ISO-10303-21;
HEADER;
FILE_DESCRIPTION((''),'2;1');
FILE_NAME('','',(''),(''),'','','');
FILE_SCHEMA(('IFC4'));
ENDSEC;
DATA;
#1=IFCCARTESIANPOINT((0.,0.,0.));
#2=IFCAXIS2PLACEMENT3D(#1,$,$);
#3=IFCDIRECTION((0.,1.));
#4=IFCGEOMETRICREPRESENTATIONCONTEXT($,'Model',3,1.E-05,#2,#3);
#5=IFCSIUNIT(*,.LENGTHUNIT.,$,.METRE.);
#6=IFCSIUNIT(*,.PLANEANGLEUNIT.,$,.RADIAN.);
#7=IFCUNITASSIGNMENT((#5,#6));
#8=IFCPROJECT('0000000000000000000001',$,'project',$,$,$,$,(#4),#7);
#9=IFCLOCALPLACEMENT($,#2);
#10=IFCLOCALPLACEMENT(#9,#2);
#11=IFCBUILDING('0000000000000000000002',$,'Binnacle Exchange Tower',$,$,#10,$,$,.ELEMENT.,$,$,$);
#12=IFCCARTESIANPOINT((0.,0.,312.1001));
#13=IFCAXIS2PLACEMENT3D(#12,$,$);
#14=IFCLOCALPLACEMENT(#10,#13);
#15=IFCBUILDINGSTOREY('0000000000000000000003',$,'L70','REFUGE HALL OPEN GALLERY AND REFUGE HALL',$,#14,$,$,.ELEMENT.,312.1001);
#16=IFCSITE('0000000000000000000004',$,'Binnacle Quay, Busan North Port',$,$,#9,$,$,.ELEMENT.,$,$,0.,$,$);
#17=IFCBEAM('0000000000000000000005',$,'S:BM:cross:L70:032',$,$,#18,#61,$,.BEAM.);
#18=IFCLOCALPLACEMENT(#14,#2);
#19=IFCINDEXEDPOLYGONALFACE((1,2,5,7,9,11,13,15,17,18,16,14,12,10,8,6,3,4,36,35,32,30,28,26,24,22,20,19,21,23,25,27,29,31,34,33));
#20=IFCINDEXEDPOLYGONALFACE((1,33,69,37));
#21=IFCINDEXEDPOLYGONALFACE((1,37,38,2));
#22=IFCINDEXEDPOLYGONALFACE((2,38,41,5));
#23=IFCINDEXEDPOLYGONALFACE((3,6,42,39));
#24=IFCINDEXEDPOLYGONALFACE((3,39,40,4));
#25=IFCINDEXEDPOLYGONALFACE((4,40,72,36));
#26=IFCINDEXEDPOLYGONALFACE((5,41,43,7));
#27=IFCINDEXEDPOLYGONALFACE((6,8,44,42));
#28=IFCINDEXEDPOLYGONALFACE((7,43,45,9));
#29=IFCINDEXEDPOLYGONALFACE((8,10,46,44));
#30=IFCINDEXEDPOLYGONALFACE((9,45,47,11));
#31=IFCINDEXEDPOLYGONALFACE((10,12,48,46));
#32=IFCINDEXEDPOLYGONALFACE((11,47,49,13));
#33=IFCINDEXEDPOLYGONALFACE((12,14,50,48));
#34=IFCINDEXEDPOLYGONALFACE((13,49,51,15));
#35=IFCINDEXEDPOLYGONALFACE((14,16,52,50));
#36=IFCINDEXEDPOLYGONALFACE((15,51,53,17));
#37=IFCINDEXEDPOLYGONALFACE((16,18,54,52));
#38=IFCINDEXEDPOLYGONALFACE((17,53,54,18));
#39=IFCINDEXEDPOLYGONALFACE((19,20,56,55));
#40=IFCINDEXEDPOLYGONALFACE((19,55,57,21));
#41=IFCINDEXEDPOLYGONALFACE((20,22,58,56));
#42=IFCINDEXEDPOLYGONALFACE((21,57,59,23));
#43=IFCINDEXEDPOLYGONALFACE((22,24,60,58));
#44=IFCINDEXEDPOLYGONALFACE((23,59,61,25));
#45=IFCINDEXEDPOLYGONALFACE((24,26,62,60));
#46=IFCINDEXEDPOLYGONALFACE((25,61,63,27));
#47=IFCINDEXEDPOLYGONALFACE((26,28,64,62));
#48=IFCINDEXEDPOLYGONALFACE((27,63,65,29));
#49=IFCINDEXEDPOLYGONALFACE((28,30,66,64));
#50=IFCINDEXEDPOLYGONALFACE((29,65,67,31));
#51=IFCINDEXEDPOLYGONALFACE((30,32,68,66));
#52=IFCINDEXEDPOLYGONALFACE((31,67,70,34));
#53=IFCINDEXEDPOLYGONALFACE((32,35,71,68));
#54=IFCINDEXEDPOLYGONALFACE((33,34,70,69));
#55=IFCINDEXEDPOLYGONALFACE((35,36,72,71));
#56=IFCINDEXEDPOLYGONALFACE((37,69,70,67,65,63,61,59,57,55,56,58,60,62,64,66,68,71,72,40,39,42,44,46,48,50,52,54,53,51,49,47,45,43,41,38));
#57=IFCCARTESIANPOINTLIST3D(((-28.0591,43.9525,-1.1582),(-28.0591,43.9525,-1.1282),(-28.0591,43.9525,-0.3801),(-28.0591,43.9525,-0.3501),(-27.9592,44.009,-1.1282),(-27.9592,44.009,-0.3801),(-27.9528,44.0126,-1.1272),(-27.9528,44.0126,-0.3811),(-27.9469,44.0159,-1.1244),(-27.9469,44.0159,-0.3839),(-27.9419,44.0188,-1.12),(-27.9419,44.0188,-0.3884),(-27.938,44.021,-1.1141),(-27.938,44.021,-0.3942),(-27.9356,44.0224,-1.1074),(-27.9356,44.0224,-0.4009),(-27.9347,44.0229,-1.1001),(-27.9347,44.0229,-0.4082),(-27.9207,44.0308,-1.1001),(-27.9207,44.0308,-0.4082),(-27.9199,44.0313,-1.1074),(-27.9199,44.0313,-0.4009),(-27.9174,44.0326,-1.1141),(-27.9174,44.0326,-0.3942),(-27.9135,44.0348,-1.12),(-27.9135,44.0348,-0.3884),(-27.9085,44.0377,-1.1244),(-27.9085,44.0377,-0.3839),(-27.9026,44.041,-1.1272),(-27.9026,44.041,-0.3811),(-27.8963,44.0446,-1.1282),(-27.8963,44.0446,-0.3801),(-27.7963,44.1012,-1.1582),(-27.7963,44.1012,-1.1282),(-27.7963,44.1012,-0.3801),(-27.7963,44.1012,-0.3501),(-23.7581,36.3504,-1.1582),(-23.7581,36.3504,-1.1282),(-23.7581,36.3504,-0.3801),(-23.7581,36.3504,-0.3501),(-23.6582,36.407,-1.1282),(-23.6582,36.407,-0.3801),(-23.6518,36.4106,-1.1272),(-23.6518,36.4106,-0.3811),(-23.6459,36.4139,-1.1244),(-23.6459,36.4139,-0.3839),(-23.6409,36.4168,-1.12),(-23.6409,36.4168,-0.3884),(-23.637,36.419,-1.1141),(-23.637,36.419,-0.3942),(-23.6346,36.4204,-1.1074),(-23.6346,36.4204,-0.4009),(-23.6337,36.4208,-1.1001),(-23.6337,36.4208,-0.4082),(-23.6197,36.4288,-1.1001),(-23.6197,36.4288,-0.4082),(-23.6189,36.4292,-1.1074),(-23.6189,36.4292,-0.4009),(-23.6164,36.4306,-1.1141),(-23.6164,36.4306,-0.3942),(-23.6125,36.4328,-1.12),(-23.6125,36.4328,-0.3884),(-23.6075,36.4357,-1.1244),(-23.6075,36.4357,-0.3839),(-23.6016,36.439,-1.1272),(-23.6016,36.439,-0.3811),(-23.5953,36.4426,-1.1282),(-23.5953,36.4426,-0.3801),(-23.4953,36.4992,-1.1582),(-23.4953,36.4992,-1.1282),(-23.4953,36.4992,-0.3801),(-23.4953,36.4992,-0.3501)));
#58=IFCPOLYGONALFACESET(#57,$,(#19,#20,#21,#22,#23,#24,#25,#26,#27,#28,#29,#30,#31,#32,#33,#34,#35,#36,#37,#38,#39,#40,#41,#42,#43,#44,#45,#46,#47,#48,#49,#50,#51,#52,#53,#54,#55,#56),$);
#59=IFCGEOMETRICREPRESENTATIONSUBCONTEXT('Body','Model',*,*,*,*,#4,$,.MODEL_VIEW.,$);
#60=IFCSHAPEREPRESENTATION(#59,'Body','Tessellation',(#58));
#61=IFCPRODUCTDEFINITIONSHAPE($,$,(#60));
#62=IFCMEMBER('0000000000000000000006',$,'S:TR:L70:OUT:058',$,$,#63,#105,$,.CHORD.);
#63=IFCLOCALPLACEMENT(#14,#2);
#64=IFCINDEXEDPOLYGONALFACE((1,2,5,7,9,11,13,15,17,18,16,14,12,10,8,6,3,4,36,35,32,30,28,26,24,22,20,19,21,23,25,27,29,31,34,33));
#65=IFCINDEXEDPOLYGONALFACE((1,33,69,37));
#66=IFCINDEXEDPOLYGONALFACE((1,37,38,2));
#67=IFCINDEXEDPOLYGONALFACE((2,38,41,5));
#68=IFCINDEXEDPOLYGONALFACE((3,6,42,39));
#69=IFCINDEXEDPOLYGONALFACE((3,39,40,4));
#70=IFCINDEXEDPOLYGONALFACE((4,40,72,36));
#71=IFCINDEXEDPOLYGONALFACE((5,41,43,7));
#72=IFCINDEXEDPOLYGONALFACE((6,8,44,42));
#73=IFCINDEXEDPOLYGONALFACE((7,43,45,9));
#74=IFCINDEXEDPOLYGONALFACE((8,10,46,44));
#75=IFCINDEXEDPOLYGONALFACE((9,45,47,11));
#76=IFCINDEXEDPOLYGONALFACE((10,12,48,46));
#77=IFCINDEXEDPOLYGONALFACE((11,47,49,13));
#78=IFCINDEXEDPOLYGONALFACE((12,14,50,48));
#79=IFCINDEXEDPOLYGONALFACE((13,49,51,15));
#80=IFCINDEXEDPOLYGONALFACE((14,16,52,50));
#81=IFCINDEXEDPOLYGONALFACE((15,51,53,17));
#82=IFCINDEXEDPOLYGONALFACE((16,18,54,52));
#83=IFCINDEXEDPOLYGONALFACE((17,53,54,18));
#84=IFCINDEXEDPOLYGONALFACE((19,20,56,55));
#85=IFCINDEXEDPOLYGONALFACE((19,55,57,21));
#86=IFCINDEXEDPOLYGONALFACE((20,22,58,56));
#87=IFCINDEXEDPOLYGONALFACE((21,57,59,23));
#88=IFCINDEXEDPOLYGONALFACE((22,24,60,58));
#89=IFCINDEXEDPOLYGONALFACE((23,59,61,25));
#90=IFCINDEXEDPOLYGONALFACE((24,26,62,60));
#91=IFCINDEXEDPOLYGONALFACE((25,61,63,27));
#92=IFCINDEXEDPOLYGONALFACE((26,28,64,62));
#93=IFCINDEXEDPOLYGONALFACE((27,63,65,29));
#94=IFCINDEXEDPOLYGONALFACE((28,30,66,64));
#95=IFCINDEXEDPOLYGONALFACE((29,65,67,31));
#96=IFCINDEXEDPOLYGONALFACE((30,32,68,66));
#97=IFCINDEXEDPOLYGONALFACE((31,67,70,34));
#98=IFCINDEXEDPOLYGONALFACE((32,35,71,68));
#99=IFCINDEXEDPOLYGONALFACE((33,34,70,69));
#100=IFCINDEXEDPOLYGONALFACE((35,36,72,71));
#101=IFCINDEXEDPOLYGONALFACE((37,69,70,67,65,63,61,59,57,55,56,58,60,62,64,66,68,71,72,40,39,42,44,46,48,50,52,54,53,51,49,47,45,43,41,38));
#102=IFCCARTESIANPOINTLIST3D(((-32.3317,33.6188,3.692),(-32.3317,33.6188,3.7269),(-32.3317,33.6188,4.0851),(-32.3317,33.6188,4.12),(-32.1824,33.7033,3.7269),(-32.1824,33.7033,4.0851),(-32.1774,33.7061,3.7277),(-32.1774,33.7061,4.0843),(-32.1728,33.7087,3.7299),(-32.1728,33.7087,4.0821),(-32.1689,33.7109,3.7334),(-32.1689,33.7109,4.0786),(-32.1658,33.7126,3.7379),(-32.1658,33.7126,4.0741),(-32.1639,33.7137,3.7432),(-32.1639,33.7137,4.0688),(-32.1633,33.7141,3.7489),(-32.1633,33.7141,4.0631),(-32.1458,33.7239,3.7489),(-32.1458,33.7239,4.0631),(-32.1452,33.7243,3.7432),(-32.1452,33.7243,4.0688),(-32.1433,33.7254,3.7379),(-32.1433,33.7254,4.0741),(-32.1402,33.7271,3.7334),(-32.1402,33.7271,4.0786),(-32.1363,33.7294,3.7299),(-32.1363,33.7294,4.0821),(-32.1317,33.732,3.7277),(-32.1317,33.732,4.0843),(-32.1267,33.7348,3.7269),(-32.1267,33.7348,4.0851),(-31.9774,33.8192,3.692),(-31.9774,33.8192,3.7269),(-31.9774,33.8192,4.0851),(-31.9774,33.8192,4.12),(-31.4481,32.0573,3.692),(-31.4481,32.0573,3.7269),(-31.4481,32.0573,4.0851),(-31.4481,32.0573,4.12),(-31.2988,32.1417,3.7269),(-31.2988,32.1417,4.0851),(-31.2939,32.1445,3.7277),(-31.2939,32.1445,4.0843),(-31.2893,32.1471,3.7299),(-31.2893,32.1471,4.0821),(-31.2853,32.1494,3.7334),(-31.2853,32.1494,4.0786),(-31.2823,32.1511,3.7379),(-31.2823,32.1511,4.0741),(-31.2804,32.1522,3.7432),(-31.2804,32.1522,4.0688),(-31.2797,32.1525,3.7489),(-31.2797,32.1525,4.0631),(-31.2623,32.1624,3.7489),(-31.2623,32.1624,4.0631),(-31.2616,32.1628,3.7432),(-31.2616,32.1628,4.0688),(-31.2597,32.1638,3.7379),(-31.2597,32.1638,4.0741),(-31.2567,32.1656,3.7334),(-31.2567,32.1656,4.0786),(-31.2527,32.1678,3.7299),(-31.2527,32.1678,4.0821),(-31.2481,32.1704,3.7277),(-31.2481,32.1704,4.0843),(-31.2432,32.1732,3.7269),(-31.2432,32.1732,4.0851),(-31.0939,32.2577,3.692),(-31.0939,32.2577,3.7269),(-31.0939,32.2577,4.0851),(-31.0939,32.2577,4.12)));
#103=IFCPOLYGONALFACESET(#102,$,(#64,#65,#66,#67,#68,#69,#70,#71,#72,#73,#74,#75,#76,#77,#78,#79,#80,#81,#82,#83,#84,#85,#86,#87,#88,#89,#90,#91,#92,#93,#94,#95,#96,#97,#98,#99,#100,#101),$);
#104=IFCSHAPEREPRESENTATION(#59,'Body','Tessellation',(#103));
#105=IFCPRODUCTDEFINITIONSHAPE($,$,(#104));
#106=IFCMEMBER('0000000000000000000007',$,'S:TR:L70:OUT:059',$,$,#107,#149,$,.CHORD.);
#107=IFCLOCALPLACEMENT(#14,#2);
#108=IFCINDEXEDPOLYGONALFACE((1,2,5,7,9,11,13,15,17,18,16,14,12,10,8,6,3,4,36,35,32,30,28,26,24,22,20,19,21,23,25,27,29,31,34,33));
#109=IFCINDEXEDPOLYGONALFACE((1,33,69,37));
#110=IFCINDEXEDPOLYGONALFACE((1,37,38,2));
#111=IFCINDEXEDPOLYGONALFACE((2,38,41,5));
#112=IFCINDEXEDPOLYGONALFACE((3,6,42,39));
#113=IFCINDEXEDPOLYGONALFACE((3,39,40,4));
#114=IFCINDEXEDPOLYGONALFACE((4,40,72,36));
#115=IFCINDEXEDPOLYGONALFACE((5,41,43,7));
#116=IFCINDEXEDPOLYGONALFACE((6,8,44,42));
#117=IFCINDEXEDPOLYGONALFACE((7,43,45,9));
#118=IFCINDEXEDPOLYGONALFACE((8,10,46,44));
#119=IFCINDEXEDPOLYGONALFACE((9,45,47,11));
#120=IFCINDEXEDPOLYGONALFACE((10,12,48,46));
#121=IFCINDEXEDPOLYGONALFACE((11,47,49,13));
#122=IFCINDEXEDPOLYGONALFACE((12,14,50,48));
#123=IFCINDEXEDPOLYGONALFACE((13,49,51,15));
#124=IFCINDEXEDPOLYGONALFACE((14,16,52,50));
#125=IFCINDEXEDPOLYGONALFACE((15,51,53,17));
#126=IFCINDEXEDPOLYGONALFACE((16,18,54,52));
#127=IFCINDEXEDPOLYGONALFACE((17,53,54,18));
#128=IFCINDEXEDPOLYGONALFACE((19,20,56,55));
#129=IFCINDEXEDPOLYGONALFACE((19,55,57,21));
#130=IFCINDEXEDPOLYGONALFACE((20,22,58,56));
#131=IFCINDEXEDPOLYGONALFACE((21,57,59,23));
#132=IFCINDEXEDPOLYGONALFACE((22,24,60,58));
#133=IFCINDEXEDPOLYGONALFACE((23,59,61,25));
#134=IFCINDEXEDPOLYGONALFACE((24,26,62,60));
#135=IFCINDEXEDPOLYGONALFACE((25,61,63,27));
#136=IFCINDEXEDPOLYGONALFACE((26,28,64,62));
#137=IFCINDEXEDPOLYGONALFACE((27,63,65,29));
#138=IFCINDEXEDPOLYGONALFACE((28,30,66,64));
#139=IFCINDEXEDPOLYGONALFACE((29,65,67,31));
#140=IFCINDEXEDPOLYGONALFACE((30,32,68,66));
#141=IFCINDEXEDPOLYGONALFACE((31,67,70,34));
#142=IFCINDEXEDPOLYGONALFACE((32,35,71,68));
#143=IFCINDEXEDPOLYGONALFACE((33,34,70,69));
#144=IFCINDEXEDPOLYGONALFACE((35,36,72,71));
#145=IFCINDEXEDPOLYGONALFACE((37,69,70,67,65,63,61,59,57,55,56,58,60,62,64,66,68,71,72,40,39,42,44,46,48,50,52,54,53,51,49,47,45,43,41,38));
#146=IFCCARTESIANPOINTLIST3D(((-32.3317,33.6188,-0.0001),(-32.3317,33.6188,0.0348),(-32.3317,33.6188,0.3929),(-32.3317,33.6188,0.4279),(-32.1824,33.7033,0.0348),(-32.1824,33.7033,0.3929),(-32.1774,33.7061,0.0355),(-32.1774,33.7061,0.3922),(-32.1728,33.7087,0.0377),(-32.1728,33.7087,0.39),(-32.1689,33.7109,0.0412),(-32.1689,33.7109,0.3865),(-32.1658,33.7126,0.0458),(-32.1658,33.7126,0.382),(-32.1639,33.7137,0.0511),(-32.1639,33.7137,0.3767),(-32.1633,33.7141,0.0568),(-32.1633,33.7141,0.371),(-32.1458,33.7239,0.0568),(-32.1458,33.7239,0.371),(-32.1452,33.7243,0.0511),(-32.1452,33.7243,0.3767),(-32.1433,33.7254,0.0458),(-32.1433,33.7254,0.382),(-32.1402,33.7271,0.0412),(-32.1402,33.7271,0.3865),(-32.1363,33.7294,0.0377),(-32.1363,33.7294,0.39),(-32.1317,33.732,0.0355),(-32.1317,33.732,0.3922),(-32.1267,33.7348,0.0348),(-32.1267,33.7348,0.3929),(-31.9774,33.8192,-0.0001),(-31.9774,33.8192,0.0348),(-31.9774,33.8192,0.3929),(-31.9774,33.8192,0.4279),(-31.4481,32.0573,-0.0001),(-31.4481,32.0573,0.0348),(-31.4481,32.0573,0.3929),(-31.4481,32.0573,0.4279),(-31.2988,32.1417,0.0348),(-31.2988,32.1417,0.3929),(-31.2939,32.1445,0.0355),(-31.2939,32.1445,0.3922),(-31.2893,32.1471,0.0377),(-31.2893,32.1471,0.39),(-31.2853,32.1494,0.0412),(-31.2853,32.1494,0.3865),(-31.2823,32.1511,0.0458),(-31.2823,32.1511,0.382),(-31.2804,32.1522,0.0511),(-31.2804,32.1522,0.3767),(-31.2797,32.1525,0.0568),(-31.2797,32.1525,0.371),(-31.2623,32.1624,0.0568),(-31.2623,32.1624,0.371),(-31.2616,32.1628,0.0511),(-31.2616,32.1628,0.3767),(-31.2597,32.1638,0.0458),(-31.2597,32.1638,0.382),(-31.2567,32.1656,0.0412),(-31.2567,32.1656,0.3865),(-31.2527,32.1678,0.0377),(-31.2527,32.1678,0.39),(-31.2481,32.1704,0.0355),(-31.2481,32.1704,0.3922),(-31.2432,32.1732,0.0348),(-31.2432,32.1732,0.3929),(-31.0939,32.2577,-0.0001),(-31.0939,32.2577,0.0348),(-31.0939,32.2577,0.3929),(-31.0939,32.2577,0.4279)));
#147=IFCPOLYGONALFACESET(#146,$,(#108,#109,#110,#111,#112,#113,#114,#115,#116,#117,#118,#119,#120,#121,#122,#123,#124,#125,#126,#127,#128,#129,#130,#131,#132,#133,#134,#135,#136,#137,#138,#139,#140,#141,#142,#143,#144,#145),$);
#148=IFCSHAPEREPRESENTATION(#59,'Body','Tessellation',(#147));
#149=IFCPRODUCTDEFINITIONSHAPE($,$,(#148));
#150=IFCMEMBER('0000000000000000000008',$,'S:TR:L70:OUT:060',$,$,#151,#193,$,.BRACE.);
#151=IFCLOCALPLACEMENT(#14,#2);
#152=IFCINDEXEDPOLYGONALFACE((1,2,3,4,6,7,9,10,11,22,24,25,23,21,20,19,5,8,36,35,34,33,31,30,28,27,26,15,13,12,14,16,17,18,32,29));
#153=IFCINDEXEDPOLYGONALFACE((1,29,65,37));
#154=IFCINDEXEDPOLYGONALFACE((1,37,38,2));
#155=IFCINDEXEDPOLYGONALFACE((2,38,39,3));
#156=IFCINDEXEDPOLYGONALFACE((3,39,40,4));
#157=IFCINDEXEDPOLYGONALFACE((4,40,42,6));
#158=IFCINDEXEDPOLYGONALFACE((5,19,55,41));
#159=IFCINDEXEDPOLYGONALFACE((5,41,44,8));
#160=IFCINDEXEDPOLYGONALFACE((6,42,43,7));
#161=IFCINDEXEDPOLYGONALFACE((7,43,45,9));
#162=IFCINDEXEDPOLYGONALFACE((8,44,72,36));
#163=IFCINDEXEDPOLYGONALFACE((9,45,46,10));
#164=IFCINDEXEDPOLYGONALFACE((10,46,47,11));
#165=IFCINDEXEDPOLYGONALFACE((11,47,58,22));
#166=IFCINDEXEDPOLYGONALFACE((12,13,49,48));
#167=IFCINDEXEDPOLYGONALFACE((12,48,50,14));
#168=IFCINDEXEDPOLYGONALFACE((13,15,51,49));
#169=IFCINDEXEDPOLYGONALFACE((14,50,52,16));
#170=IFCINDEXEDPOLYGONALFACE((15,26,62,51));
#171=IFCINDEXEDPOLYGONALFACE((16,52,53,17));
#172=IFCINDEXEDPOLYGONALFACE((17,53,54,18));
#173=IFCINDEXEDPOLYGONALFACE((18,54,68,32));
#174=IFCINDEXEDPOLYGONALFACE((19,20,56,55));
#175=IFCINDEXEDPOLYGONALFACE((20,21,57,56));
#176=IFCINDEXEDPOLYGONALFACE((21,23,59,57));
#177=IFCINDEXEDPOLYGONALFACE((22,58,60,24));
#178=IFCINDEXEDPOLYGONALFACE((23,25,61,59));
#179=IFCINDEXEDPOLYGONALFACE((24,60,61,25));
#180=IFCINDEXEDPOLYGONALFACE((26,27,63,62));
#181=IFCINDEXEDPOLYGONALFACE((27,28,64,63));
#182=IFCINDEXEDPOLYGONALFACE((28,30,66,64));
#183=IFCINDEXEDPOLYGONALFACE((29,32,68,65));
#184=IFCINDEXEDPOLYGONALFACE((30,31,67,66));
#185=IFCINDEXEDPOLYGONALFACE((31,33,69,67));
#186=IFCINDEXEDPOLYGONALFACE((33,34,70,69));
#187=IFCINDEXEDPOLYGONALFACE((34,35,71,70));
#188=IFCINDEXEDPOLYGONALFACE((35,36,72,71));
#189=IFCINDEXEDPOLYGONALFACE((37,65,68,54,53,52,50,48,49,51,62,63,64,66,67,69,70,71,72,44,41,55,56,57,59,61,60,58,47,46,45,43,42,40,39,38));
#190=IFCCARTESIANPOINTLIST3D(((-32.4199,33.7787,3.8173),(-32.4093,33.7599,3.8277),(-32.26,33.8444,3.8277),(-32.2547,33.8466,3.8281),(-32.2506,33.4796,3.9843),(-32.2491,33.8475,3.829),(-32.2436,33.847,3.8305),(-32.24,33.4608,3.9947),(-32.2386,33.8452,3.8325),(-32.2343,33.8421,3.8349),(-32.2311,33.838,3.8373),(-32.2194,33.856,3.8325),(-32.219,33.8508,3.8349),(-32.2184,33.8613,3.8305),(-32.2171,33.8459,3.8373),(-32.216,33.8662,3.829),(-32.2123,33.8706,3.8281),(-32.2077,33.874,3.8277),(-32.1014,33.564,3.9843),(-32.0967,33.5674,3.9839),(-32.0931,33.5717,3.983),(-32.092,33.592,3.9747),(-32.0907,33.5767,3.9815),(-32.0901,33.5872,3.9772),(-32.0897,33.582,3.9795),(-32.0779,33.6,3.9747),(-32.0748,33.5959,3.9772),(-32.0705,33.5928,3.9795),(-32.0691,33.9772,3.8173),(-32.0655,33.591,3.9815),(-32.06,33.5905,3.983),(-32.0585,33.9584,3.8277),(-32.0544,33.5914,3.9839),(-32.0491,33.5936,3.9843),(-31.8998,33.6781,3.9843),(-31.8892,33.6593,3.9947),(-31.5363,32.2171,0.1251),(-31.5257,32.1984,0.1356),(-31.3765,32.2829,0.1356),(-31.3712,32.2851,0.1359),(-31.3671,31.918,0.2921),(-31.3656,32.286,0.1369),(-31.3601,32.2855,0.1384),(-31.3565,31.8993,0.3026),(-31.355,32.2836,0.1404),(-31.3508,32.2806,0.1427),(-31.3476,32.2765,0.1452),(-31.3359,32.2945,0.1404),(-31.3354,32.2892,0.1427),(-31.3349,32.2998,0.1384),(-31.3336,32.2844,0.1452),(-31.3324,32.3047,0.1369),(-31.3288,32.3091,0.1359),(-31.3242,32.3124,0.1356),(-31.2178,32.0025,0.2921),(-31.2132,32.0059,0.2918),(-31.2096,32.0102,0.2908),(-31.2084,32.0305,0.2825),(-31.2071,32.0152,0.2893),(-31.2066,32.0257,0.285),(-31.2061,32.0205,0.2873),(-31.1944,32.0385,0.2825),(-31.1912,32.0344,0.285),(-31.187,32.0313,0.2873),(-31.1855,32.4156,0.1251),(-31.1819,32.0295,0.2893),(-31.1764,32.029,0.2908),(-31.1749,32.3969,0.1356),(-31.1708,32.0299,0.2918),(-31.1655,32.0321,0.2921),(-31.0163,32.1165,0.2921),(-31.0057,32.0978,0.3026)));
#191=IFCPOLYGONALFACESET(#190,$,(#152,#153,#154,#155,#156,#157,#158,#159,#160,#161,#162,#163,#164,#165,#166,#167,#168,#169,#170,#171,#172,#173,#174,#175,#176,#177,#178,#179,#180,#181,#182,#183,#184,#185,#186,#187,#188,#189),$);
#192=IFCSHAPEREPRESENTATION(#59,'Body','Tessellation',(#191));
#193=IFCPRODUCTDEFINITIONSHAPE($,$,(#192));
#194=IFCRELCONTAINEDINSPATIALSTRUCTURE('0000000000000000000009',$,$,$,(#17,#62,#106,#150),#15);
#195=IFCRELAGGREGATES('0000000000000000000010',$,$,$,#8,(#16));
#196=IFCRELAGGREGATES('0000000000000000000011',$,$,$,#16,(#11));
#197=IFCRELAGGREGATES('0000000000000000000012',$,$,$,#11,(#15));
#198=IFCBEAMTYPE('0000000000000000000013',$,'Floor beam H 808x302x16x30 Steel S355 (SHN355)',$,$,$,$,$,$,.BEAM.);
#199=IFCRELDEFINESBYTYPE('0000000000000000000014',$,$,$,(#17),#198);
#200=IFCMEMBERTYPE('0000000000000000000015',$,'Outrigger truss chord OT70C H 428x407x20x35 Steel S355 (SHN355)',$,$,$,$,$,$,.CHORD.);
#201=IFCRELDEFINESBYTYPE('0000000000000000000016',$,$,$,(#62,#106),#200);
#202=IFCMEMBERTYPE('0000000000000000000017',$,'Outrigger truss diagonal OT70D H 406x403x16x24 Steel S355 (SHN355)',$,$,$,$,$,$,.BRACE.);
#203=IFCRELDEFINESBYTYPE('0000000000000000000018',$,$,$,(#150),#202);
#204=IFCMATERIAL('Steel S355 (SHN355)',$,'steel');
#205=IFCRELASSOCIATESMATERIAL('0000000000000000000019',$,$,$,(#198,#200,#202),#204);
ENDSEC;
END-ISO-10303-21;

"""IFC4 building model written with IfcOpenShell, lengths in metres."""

from ifc_helpers import new_model, si_unit, direction, frame, origin, origin_2d, place, context, subcontext, project, spatial, i_section, extrude, material, material_profile, profile_set, type_object, element, save


model = new_model("IFC4")

# Units and contexts
model_context = context("Model", 3, precision=1e-05, world=origin(), true_north=direction((0.0, 1.0)))
body_context = subcontext(model_context, "Body", "Model", "MODEL_VIEW")
ifc_project = project(units=[si_unit("LENGTHUNIT", "METRE"), si_unit("PLANEANGLEUNIT", "RADIAN")], contexts=[model_context])

# Site, building, storey
site_placement = place(None, origin())
site = spatial("IfcSite", under=ifc_project, at=site_placement, Name="Binnacle Quay, Busan North Port", CompositionType="ELEMENT", RefElevation=0.0)
building_placement = place(site_placement, origin())
building = spatial("IfcBuilding", under=site, at=building_placement, Name="Binnacle Exchange Tower", CompositionType="ELEMENT")
storey_placement = place(building_placement, frame((0.0, 0.0, 312.1001)))
storey = spatial("IfcBuildingStorey", under=building, at=storey_placement, Name="L70", Description="REFUGE HALL OPEN GALLERY AND REFUGE HALL", CompositionType="ELEMENT", Elevation=312.1001)

# Shared definitions
ifc_material_1 = material(Name="Steel S355 (SHN355)", Category="steel")

# Beam
ifc_material_profile_1 = material_profile(ifc_material_1, i_section(OverallWidth=0.302, OverallDepth=0.8081, WebThickness=0.0161, FlangeThickness=0.03, FilletRadius=0.0281, at=origin_2d()), Name="H 808x302x16x30")
ifc_profile_set_1 = profile_set([ifc_material_profile_1], Name="Steel S355 (SHN355)")
beam_type_1 = type_object("IfcBeamType", Name="Floor beam H 808x302x16x30 Steel S355 (SHN355)", PredefinedType="BEAM", material=ifc_profile_set_1)
beam_1_placement = place(storey_placement, frame((-23.6267, 36.4248, -0.7542), z_axis=(-0.492423, 0.870356, 0.0), x_axis=(-0.870356, -0.492423, 0.0)))
element("IfcBeam", 1, at=beam_1_placement, inside=storey, type_object=beam_type_1, Name="S:BM:cross:L70:032", PredefinedType="BEAM", context=body_context, shape_type="SweptSolid", body=[
    extrude(i_section(OverallWidth=0.302, OverallDepth=0.8081, WebThickness=0.0161, FlangeThickness=0.03, FilletRadius=0.0281, at=origin_2d()), origin(), (0.0, 0.0, 1.0), 8.7344),
])

# Members
ifc_material_profile_2 = material_profile(ifc_material_1, i_section(OverallWidth=0.407, OverallDepth=0.428, WebThickness=0.02, FlangeThickness=0.0349, FilletRadius=0.022, at=origin_2d()), Name="H 428x407x20x35")
ifc_profile_set_2 = profile_set([ifc_material_profile_2], Name="Steel S355 (SHN355)")
member_type_1 = type_object("IfcMemberType", Name="Outrigger truss chord OT70C H 428x407x20x35 Steel S355 (SHN355)", PredefinedType="CHORD", material=ifc_profile_set_2)
for number, where, z_axis, x_axis, name in (
    (2, (-31.271, 32.1575, 3.906), (-0.492456, 0.870337, 0.0), (-0.870337, -0.492456, 0.0), "S:TR:L70:OUT:058"),
    (3, (-31.271, 32.1575, 0.2139), (-0.492456, 0.870337, 0.0), (-0.870337, -0.492456, 0.0), "S:TR:L70:OUT:059"),
):
    element("IfcMember", number, at=place(storey_placement, frame(where, z_axis=z_axis, x_axis=x_axis)), inside=storey, type_object=member_type_1, Name=name, PredefinedType="CHORD", context=body_context, shape_type="SweptSolid", body=[
        extrude(i_section(OverallWidth=0.407, OverallDepth=0.428, WebThickness=0.02, FlangeThickness=0.0349, FilletRadius=0.022, at=origin_2d()), origin(), (0.0, 0.0, 1.0), 1.7942),
    ])
ifc_material_profile_3 = material_profile(ifc_material_1, i_section(OverallWidth=0.4031, OverallDepth=0.406, WebThickness=0.0161, FlangeThickness=0.0239, FilletRadius=0.022, at=origin_2d()), Name="H 406x403x16x24")
ifc_profile_set_3 = profile_set([ifc_material_profile_3], Name="Steel S355 (SHN355)")
member_type_2 = type_object("IfcMemberType", Name="Outrigger truss diagonal OT70D H 406x403x16x24 Steel S355 (SHN355)", PredefinedType="BRACE", material=ifc_profile_set_3)
member_1_placement = place(storey_placement, frame((-31.271, 32.1575, 0.2139), z_axis=(-0.215237, 0.380397, 0.899428), x_axis=(-0.870337, -0.492456, 0.0)))
element("IfcMember", 4, at=member_1_placement, inside=storey, type_object=member_type_2, Name="S:TR:L70:OUT:060", PredefinedType="BRACE", context=body_context, shape_type="SweptSolid", body=[
    extrude(i_section(OverallWidth=0.4031, OverallDepth=0.406, WebThickness=0.0161, FlangeThickness=0.0239, FilletRadius=0.022, at=origin_2d()), origin(), (0.0, 0.0, 1.0), 4.105),
])

save(model, "model.ifc")
